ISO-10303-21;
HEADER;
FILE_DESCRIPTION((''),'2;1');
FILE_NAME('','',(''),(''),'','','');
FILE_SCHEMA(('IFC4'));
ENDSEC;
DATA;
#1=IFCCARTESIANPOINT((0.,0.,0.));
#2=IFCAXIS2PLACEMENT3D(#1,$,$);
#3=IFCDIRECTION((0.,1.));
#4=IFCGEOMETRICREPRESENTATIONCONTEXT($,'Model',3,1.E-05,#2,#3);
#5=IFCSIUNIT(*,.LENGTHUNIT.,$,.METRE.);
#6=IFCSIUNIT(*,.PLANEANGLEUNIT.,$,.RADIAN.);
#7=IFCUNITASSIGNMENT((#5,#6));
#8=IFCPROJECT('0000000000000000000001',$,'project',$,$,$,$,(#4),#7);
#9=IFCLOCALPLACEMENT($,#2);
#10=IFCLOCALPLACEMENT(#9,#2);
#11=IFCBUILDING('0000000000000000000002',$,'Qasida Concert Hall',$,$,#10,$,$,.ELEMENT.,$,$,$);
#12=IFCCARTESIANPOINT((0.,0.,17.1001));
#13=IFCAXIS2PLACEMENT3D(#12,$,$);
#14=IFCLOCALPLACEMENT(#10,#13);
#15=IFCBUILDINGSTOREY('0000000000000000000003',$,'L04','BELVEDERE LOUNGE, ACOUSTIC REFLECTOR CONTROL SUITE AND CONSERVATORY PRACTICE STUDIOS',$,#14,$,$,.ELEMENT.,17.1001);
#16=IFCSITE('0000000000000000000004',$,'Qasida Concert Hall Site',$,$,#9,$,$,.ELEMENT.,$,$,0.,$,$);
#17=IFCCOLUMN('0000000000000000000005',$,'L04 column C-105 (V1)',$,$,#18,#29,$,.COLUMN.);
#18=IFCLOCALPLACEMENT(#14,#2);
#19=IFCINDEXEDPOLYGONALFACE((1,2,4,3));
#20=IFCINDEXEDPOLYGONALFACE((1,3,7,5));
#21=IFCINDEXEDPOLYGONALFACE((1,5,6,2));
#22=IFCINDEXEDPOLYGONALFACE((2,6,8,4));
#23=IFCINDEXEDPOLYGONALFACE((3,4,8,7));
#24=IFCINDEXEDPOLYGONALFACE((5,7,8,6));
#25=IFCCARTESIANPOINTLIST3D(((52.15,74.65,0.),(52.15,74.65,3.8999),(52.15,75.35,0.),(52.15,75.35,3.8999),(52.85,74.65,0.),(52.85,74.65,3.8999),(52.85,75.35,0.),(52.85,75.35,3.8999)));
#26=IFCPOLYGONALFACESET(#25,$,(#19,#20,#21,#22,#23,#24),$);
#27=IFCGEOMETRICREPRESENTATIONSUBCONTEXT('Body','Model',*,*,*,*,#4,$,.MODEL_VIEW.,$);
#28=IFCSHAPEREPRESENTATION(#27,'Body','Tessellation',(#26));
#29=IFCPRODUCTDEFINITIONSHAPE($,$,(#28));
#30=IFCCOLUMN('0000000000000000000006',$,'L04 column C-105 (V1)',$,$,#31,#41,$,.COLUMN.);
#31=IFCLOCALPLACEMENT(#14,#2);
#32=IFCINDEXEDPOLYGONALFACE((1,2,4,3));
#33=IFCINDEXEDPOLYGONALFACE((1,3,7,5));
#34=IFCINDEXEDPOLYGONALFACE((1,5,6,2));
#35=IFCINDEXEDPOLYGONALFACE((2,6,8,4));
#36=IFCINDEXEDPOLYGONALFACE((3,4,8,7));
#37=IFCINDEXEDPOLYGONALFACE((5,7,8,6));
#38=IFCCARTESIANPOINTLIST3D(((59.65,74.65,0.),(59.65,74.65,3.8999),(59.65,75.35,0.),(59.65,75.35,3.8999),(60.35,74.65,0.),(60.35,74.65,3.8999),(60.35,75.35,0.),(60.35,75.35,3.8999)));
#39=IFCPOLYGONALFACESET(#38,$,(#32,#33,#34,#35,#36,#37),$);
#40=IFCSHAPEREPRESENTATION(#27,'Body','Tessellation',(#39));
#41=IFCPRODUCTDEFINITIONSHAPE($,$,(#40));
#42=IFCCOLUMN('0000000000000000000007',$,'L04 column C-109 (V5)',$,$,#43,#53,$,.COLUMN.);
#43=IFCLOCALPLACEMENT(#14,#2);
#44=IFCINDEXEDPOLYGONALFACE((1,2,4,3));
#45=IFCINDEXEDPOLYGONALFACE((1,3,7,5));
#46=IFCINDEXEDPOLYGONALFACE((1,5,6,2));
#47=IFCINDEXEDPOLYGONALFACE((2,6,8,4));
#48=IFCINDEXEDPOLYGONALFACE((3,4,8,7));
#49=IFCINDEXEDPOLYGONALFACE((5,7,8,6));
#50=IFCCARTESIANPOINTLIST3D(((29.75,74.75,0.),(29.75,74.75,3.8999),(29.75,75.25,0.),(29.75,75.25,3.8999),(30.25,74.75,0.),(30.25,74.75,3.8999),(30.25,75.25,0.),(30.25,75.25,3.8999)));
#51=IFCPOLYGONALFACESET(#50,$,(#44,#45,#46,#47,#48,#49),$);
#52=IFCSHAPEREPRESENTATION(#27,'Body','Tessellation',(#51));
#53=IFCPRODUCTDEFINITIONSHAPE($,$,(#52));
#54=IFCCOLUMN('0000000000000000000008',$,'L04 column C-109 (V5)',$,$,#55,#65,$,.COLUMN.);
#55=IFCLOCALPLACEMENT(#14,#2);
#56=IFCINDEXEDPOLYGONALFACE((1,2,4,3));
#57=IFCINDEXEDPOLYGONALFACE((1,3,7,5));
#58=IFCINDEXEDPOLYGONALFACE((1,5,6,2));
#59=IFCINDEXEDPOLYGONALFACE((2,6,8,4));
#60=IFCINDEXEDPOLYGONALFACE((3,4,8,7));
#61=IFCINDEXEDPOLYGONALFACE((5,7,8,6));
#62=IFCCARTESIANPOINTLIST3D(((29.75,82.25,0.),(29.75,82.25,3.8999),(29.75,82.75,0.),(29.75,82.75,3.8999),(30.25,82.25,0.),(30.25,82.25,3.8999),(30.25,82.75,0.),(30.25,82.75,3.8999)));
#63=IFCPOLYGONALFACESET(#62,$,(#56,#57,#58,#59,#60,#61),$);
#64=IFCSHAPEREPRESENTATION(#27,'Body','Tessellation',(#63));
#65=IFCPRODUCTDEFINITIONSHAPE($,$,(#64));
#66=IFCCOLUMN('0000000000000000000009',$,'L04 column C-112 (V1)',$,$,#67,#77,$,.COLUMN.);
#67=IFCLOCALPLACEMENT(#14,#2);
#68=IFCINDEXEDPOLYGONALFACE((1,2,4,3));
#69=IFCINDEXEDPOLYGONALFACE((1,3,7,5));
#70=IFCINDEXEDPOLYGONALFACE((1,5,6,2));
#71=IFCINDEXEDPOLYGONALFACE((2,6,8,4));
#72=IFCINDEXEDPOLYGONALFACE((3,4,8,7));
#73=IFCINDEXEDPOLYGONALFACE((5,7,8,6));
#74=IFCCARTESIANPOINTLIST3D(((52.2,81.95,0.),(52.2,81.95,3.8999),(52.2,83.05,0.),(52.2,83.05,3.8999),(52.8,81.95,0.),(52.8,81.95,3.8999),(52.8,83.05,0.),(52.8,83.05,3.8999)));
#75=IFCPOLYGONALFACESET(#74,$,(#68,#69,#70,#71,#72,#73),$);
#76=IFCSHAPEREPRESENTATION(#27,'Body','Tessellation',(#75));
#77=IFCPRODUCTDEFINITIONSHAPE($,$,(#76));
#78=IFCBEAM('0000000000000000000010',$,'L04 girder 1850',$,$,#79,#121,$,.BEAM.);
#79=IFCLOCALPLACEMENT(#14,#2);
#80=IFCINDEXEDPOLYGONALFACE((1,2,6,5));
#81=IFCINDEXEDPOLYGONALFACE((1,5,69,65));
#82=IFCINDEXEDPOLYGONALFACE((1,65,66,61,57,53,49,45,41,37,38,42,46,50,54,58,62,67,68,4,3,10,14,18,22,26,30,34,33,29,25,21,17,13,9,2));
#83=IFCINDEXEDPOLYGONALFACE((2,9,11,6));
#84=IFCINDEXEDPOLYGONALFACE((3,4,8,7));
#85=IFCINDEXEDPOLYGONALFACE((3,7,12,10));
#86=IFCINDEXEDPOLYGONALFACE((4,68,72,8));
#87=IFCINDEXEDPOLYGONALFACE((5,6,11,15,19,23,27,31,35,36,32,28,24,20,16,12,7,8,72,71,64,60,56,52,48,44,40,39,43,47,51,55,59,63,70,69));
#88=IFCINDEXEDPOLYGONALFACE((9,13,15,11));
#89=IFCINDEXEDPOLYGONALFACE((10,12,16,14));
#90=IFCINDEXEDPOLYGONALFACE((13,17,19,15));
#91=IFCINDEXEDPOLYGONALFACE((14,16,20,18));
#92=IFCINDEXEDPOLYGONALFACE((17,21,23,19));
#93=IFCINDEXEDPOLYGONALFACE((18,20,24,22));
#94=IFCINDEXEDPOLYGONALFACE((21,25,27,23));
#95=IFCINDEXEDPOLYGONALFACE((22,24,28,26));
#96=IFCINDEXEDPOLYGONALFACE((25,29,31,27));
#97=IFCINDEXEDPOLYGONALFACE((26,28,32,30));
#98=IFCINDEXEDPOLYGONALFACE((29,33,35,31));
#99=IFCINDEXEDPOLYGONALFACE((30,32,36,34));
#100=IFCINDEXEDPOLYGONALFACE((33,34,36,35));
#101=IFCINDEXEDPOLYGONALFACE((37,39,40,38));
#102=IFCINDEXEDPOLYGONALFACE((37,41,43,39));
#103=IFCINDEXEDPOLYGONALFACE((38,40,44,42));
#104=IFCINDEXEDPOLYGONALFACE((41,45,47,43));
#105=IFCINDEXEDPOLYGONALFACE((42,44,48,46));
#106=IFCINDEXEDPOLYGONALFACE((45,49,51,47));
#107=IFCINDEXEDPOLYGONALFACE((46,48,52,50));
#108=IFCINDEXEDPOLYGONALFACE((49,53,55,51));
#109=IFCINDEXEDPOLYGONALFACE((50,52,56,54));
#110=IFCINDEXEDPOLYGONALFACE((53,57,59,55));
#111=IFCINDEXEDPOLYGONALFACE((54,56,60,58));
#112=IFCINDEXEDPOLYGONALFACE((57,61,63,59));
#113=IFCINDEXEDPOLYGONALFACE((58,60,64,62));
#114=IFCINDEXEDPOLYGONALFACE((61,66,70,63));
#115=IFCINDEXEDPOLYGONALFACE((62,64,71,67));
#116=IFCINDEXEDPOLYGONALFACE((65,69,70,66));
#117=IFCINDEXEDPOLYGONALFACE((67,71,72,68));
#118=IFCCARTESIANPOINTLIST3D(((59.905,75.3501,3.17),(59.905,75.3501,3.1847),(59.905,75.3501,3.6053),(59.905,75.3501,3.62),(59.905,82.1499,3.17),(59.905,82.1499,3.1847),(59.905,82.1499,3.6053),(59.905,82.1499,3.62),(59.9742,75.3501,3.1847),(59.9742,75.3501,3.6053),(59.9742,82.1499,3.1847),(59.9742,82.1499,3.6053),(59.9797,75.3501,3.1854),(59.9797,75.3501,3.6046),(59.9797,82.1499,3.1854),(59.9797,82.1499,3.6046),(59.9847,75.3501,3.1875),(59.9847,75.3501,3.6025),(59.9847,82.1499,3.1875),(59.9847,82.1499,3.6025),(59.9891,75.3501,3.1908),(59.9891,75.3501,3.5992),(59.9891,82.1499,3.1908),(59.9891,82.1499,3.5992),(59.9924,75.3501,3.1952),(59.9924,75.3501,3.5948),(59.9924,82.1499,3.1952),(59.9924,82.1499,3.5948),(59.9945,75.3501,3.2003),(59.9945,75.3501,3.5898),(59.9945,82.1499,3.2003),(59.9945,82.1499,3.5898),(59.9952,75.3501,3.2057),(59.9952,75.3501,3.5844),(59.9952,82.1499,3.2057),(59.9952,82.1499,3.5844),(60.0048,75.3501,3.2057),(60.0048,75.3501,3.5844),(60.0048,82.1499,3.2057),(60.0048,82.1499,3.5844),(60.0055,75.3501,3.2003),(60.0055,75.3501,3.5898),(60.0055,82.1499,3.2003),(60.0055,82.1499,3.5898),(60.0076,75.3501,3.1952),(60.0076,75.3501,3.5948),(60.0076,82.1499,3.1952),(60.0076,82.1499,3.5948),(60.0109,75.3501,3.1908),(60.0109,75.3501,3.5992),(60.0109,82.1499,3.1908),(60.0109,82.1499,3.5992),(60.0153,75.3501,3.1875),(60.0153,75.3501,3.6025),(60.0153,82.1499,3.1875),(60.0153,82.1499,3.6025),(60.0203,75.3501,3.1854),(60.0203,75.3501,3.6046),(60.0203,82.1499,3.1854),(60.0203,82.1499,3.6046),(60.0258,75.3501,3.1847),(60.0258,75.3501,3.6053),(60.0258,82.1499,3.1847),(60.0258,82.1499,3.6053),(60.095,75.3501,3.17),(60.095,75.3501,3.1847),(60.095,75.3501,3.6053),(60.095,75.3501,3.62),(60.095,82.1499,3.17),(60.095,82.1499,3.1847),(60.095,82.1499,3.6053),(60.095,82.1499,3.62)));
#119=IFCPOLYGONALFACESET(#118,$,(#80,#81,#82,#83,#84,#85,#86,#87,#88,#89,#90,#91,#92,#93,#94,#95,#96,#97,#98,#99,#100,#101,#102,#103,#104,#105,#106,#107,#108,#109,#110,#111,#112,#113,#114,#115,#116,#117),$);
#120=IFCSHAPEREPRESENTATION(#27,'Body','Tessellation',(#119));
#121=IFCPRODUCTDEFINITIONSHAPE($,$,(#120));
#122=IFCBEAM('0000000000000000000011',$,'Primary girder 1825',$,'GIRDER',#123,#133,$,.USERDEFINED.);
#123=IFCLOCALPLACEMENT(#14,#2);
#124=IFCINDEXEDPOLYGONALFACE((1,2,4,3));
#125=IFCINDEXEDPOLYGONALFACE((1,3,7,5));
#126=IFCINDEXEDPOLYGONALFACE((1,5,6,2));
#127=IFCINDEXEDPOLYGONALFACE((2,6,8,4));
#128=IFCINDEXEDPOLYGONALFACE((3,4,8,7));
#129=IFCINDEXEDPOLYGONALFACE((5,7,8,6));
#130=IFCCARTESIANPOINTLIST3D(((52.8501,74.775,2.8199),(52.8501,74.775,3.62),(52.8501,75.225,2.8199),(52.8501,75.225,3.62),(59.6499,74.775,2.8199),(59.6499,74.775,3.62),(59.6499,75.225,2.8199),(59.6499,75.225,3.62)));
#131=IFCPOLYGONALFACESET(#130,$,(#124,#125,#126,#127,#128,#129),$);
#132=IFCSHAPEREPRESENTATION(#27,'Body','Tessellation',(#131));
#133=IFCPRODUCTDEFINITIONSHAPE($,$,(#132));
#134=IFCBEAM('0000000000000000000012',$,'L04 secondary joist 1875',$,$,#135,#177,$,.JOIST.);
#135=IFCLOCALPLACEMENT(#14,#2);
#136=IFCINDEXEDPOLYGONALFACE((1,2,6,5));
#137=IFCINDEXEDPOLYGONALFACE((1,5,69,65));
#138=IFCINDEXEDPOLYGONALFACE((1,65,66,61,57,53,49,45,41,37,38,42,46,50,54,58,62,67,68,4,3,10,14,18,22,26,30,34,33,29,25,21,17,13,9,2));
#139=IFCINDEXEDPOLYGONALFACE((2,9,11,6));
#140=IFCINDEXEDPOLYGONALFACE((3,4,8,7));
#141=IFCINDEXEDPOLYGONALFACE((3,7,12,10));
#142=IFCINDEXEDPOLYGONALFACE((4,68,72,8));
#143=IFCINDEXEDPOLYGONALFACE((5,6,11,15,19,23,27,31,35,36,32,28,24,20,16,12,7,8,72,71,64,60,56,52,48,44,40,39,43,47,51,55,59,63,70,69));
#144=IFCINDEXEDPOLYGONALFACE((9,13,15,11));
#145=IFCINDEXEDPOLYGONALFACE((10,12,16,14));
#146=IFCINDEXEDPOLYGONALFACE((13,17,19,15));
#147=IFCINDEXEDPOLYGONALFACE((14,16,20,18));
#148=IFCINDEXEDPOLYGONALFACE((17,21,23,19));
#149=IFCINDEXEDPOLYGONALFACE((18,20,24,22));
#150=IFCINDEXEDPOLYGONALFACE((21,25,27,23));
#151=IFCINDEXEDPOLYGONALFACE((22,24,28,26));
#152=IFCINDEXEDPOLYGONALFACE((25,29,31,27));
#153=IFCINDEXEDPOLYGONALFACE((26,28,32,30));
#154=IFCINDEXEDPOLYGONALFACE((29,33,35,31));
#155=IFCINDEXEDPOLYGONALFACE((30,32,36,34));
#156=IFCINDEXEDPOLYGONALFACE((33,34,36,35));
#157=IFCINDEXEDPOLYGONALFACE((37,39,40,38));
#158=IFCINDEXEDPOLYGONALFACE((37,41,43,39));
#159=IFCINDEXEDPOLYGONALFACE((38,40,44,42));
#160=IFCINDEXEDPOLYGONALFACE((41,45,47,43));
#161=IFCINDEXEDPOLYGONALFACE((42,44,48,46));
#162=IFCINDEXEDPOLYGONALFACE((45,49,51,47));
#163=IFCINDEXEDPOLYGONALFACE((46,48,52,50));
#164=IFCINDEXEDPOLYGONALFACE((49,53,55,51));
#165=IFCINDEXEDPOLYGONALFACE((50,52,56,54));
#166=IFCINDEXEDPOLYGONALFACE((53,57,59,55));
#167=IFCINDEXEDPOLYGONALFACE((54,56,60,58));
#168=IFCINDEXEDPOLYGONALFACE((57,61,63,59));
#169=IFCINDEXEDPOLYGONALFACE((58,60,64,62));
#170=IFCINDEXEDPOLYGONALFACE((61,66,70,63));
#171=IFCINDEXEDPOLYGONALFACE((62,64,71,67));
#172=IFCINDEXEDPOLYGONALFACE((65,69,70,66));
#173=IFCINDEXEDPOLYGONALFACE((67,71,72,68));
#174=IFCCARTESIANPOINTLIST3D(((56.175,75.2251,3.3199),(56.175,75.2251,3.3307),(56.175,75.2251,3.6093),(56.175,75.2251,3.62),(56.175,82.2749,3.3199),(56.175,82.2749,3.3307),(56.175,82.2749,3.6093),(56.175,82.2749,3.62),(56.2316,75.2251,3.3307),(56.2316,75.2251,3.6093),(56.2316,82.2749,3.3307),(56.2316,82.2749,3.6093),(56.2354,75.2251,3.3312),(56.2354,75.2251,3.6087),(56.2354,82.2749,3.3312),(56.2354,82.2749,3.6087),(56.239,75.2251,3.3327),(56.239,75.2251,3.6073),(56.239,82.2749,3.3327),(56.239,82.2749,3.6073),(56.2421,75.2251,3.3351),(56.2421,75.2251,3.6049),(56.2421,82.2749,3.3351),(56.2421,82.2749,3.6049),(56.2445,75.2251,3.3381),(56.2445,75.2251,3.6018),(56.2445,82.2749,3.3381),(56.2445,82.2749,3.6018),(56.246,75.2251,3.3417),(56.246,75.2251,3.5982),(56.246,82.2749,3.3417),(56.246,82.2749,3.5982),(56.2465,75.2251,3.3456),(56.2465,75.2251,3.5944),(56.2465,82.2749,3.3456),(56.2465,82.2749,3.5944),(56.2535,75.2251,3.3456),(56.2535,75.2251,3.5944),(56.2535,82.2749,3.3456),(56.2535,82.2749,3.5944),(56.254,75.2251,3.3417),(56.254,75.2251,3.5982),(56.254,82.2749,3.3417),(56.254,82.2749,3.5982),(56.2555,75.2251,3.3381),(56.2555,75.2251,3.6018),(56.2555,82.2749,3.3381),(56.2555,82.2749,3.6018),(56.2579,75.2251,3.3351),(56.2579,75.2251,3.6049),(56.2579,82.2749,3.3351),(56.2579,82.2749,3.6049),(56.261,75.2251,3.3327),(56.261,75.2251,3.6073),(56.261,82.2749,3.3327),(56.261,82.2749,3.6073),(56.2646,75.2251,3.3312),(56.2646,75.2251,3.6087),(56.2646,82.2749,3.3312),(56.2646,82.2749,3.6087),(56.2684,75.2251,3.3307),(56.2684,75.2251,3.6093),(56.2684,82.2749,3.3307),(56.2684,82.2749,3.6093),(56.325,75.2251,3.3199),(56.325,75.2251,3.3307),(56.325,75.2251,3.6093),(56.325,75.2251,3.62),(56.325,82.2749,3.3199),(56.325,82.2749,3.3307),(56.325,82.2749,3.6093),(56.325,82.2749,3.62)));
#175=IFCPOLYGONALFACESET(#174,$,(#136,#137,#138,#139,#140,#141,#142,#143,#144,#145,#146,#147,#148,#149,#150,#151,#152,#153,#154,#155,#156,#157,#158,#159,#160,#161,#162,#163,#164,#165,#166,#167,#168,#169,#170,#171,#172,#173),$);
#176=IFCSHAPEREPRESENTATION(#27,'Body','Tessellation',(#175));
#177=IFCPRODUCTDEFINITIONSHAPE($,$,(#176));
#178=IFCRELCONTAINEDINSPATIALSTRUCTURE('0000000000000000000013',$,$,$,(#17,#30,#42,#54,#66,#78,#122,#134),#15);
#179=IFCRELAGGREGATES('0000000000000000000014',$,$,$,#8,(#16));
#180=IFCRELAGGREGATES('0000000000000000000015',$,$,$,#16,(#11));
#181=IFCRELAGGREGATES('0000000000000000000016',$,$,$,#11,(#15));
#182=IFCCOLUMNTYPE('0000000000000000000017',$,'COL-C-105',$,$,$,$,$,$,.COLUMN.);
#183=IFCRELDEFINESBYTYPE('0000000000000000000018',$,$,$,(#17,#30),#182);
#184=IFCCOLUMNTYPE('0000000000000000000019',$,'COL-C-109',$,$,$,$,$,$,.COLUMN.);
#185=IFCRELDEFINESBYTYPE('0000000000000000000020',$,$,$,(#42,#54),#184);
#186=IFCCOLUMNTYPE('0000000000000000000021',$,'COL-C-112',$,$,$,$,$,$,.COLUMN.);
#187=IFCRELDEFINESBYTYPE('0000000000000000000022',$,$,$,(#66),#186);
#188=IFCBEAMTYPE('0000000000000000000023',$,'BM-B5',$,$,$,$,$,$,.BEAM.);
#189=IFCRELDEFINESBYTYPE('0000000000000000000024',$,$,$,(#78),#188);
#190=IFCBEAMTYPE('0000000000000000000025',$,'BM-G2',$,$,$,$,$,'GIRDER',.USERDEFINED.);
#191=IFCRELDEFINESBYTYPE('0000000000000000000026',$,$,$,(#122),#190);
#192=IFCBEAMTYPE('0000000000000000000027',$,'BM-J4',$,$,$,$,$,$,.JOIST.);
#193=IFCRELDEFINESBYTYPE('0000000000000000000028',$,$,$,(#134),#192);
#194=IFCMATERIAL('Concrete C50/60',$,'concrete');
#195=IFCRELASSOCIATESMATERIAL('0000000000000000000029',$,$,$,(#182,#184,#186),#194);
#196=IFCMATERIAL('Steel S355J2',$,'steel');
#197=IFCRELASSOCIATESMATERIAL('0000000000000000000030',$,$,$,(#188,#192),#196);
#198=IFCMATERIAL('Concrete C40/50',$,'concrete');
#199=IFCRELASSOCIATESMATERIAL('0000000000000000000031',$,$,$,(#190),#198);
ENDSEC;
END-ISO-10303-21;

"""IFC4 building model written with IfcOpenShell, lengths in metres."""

from ifc_helpers import new_model, si_unit, direction, frame, origin, origin_2d, place, context, subcontext, project, spatial, rectangle, i_section, extrude, material, material_profile, profile_set, type_object, element, save


model = new_model("IFC4")

# Units and contexts
model_context = context("Model", 3, precision=1e-05, world=origin(), true_north=direction((0.0, 1.0)))
body_context = subcontext(model_context, "Body", "Model", "MODEL_VIEW")
ifc_project = project(units=[si_unit("LENGTHUNIT", "METRE"), si_unit("PLANEANGLEUNIT", "RADIAN")], contexts=[model_context])

# Site, building, storey
site_placement = place(None, origin())
site = spatial("IfcSite", under=ifc_project, at=site_placement, Name="Qasida Concert Hall Site", CompositionType="ELEMENT", RefElevation=0.0)
building_placement = place(site_placement, origin())
building = spatial("IfcBuilding", under=site, at=building_placement, Name="Qasida Concert Hall", CompositionType="ELEMENT")
storey_placement = place(building_placement, frame((0.0, 0.0, 17.1001)))
storey = spatial("IfcBuildingStorey", under=building, at=storey_placement, Name="L04", Description="BELVEDERE LOUNGE, ACOUSTIC REFLECTOR CONTROL SUITE AND CONSERVATORY PRACTICE STUDIOS", CompositionType="ELEMENT", Elevation=17.1001)

# Columns
ifc_material_1 = material(Name="Concrete C50/60", Category="concrete")
ifc_material_profile_1 = material_profile(ifc_material_1, rectangle(XDim=0.7, YDim=0.7, at=origin_2d()), Name="RC 700x700")
ifc_profile_set_1 = profile_set([ifc_material_profile_1], Name="Concrete C50/60")
column_type_1 = type_object("IfcColumnType", Name="COL-C-105", PredefinedType="COLUMN", material=ifc_profile_set_1)
for number, where, z_axis, x_axis, name in (
    (1, (52.5, 75.0, 0.0), (0.0, 0.0, 1.0), (1.0, 0.0, 0.0), "L04 column C-105 (V1)"),
    (2, (60.0, 75.0, 0.0), (0.0, 0.0, 1.0), (1.0, 0.0, 0.0), "L04 column C-105 (V1)"),
):
    element("IfcColumn", number, at=place(storey_placement, frame(where, z_axis=z_axis, x_axis=x_axis)), inside=storey, type_object=column_type_1, Name=name, PredefinedType="COLUMN", context=body_context, shape_type="SweptSolid", body=[
        extrude(rectangle(XDim=0.7, YDim=0.7, at=origin_2d()), origin(), (0.0, 0.0, 1.0), 3.8999),
    ])
ifc_material_profile_2 = material_profile(ifc_material_1, rectangle(XDim=0.5, YDim=0.5, at=origin_2d()), Name="RC 500x500")
ifc_profile_set_2 = profile_set([ifc_material_profile_2], Name="Concrete C50/60")
column_type_2 = type_object("IfcColumnType", Name="COL-C-109", PredefinedType="COLUMN", material=ifc_profile_set_2)
for number, where, z_axis, x_axis, name in (
    (3, (30.0, 75.0, 0.0), (0.0, 0.0, 1.0), (1.0, 0.0, 0.0), "L04 column C-109 (V5)"),
    (4, (30.0, 82.5, 0.0), (0.0, 0.0, 1.0), (1.0, 0.0, 0.0), "L04 column C-109 (V5)"),
):
    element("IfcColumn", number, at=place(storey_placement, frame(where, z_axis=z_axis, x_axis=x_axis)), inside=storey, type_object=column_type_2, Name=name, PredefinedType="COLUMN", context=body_context, shape_type="SweptSolid", body=[
        extrude(rectangle(XDim=0.5, YDim=0.5, at=origin_2d()), origin(), (0.0, 0.0, 1.0), 3.8999),
    ])
ifc_material_profile_3 = material_profile(ifc_material_1, rectangle(XDim=0.6001, YDim=1.1001, at=origin_2d()), Name="RC 600x1100")
ifc_profile_set_3 = profile_set([ifc_material_profile_3], Name="Concrete C50/60")
column_type_3 = type_object("IfcColumnType", Name="COL-C-112", PredefinedType="COLUMN", material=ifc_profile_set_3)
column_placement = place(storey_placement, frame((52.5, 82.5, 0.0), z_axis=(0.0, 0.0, 1.0), x_axis=(1.0, 0.0, 0.0)))
element("IfcColumn", 5, at=column_placement, inside=storey, type_object=column_type_3, Name="L04 column C-112 (V1)", PredefinedType="COLUMN", context=body_context, shape_type="SweptSolid", body=[
    extrude(rectangle(XDim=0.6001, YDim=1.1001, at=origin_2d()), origin(), (0.0, 0.0, 1.0), 3.8999),
])

# Beams
ifc_material_2 = material(Name="Steel S355J2", Category="steel")
ifc_material_profile_4 = material_profile(ifc_material_2, i_section(OverallWidth=0.1899, OverallDepth=0.45, WebThickness=0.0095, FlangeThickness=0.0146, FilletRadius=0.021, at=origin_2d()), Name="IPE 450")
ifc_profile_set_4 = profile_set([ifc_material_profile_4], Name="Steel S355J2")
beam_type_1 = type_object("IfcBeamType", Name="BM-B5", PredefinedType="BEAM", material=ifc_profile_set_4)
beam_1_placement = place(storey_placement, frame((60.0, 75.3501, 3.395), z_axis=(0.0, 1.0, 0.0), x_axis=(-1.0, 0.0, 0.0)))
element("IfcBeam", 6, at=beam_1_placement, inside=storey, type_object=beam_type_1, Name="L04 girder 1850", PredefinedType="BEAM", context=body_context, shape_type="SweptSolid", body=[
    extrude(i_section(OverallWidth=0.1899, OverallDepth=0.45, WebThickness=0.0095, FlangeThickness=0.0146, FilletRadius=0.021, at=origin_2d()), origin(), (0.0, 0.0, 1.0), 6.7998),
])
ifc_material_3 = material(Name="Concrete C40/50", Category="concrete")
ifc_material_profile_5 = material_profile(ifc_material_3, rectangle(XDim=0.45, YDim=0.8, at=origin_2d()), Name="RC 450x800")
ifc_profile_set_5 = profile_set([ifc_material_profile_5], Name="Concrete C40/50")
beam_type_2 = type_object("IfcBeamType", Name="BM-G2", ElementType="GIRDER", PredefinedType="USERDEFINED", material=ifc_profile_set_5)
beam_2_placement = place(storey_placement, frame((52.8501, 75.0, 3.22), z_axis=(1.0, 0.0, 0.0), x_axis=(0.0, 1.0, 0.0)))
element("IfcBeam", 7, at=beam_2_placement, inside=storey, type_object=beam_type_2, Name="Primary girder 1825", ObjectType="GIRDER", PredefinedType="USERDEFINED", context=body_context, shape_type="SweptSolid", body=[
    extrude(rectangle(XDim=0.45, YDim=0.8, at=origin_2d()), origin(), (0.0, 0.0, 1.0), 6.7998),
])
ifc_material_profile_6 = material_profile(ifc_material_2, i_section(OverallWidth=0.1499, OverallDepth=0.3, WebThickness=0.0071, FlangeThickness=0.0107, FilletRadius=0.0149, at=origin_2d()), Name="IPE 300")
ifc_profile_set_6 = profile_set([ifc_material_profile_6], Name="Steel S355J2")
beam_type_3 = type_object("IfcBeamType", Name="BM-J4", PredefinedType="JOIST", material=ifc_profile_set_6)
beam_3_placement = place(storey_placement, frame((56.25, 75.2251, 3.47), z_axis=(0.0, 1.0, 0.0), x_axis=(-1.0, 0.0, 0.0)))
element("IfcBeam", 8, at=beam_3_placement, inside=storey, type_object=beam_type_3, Name="L04 secondary joist 1875", PredefinedType="JOIST", context=body_context, shape_type="SweptSolid", body=[
    extrude(i_section(OverallWidth=0.1499, OverallDepth=0.3, WebThickness=0.0071, FlangeThickness=0.0107, FilletRadius=0.0149, at=origin_2d()), origin(), (0.0, 0.0, 1.0), 7.0498),
])

save(model, "model.ifc")
